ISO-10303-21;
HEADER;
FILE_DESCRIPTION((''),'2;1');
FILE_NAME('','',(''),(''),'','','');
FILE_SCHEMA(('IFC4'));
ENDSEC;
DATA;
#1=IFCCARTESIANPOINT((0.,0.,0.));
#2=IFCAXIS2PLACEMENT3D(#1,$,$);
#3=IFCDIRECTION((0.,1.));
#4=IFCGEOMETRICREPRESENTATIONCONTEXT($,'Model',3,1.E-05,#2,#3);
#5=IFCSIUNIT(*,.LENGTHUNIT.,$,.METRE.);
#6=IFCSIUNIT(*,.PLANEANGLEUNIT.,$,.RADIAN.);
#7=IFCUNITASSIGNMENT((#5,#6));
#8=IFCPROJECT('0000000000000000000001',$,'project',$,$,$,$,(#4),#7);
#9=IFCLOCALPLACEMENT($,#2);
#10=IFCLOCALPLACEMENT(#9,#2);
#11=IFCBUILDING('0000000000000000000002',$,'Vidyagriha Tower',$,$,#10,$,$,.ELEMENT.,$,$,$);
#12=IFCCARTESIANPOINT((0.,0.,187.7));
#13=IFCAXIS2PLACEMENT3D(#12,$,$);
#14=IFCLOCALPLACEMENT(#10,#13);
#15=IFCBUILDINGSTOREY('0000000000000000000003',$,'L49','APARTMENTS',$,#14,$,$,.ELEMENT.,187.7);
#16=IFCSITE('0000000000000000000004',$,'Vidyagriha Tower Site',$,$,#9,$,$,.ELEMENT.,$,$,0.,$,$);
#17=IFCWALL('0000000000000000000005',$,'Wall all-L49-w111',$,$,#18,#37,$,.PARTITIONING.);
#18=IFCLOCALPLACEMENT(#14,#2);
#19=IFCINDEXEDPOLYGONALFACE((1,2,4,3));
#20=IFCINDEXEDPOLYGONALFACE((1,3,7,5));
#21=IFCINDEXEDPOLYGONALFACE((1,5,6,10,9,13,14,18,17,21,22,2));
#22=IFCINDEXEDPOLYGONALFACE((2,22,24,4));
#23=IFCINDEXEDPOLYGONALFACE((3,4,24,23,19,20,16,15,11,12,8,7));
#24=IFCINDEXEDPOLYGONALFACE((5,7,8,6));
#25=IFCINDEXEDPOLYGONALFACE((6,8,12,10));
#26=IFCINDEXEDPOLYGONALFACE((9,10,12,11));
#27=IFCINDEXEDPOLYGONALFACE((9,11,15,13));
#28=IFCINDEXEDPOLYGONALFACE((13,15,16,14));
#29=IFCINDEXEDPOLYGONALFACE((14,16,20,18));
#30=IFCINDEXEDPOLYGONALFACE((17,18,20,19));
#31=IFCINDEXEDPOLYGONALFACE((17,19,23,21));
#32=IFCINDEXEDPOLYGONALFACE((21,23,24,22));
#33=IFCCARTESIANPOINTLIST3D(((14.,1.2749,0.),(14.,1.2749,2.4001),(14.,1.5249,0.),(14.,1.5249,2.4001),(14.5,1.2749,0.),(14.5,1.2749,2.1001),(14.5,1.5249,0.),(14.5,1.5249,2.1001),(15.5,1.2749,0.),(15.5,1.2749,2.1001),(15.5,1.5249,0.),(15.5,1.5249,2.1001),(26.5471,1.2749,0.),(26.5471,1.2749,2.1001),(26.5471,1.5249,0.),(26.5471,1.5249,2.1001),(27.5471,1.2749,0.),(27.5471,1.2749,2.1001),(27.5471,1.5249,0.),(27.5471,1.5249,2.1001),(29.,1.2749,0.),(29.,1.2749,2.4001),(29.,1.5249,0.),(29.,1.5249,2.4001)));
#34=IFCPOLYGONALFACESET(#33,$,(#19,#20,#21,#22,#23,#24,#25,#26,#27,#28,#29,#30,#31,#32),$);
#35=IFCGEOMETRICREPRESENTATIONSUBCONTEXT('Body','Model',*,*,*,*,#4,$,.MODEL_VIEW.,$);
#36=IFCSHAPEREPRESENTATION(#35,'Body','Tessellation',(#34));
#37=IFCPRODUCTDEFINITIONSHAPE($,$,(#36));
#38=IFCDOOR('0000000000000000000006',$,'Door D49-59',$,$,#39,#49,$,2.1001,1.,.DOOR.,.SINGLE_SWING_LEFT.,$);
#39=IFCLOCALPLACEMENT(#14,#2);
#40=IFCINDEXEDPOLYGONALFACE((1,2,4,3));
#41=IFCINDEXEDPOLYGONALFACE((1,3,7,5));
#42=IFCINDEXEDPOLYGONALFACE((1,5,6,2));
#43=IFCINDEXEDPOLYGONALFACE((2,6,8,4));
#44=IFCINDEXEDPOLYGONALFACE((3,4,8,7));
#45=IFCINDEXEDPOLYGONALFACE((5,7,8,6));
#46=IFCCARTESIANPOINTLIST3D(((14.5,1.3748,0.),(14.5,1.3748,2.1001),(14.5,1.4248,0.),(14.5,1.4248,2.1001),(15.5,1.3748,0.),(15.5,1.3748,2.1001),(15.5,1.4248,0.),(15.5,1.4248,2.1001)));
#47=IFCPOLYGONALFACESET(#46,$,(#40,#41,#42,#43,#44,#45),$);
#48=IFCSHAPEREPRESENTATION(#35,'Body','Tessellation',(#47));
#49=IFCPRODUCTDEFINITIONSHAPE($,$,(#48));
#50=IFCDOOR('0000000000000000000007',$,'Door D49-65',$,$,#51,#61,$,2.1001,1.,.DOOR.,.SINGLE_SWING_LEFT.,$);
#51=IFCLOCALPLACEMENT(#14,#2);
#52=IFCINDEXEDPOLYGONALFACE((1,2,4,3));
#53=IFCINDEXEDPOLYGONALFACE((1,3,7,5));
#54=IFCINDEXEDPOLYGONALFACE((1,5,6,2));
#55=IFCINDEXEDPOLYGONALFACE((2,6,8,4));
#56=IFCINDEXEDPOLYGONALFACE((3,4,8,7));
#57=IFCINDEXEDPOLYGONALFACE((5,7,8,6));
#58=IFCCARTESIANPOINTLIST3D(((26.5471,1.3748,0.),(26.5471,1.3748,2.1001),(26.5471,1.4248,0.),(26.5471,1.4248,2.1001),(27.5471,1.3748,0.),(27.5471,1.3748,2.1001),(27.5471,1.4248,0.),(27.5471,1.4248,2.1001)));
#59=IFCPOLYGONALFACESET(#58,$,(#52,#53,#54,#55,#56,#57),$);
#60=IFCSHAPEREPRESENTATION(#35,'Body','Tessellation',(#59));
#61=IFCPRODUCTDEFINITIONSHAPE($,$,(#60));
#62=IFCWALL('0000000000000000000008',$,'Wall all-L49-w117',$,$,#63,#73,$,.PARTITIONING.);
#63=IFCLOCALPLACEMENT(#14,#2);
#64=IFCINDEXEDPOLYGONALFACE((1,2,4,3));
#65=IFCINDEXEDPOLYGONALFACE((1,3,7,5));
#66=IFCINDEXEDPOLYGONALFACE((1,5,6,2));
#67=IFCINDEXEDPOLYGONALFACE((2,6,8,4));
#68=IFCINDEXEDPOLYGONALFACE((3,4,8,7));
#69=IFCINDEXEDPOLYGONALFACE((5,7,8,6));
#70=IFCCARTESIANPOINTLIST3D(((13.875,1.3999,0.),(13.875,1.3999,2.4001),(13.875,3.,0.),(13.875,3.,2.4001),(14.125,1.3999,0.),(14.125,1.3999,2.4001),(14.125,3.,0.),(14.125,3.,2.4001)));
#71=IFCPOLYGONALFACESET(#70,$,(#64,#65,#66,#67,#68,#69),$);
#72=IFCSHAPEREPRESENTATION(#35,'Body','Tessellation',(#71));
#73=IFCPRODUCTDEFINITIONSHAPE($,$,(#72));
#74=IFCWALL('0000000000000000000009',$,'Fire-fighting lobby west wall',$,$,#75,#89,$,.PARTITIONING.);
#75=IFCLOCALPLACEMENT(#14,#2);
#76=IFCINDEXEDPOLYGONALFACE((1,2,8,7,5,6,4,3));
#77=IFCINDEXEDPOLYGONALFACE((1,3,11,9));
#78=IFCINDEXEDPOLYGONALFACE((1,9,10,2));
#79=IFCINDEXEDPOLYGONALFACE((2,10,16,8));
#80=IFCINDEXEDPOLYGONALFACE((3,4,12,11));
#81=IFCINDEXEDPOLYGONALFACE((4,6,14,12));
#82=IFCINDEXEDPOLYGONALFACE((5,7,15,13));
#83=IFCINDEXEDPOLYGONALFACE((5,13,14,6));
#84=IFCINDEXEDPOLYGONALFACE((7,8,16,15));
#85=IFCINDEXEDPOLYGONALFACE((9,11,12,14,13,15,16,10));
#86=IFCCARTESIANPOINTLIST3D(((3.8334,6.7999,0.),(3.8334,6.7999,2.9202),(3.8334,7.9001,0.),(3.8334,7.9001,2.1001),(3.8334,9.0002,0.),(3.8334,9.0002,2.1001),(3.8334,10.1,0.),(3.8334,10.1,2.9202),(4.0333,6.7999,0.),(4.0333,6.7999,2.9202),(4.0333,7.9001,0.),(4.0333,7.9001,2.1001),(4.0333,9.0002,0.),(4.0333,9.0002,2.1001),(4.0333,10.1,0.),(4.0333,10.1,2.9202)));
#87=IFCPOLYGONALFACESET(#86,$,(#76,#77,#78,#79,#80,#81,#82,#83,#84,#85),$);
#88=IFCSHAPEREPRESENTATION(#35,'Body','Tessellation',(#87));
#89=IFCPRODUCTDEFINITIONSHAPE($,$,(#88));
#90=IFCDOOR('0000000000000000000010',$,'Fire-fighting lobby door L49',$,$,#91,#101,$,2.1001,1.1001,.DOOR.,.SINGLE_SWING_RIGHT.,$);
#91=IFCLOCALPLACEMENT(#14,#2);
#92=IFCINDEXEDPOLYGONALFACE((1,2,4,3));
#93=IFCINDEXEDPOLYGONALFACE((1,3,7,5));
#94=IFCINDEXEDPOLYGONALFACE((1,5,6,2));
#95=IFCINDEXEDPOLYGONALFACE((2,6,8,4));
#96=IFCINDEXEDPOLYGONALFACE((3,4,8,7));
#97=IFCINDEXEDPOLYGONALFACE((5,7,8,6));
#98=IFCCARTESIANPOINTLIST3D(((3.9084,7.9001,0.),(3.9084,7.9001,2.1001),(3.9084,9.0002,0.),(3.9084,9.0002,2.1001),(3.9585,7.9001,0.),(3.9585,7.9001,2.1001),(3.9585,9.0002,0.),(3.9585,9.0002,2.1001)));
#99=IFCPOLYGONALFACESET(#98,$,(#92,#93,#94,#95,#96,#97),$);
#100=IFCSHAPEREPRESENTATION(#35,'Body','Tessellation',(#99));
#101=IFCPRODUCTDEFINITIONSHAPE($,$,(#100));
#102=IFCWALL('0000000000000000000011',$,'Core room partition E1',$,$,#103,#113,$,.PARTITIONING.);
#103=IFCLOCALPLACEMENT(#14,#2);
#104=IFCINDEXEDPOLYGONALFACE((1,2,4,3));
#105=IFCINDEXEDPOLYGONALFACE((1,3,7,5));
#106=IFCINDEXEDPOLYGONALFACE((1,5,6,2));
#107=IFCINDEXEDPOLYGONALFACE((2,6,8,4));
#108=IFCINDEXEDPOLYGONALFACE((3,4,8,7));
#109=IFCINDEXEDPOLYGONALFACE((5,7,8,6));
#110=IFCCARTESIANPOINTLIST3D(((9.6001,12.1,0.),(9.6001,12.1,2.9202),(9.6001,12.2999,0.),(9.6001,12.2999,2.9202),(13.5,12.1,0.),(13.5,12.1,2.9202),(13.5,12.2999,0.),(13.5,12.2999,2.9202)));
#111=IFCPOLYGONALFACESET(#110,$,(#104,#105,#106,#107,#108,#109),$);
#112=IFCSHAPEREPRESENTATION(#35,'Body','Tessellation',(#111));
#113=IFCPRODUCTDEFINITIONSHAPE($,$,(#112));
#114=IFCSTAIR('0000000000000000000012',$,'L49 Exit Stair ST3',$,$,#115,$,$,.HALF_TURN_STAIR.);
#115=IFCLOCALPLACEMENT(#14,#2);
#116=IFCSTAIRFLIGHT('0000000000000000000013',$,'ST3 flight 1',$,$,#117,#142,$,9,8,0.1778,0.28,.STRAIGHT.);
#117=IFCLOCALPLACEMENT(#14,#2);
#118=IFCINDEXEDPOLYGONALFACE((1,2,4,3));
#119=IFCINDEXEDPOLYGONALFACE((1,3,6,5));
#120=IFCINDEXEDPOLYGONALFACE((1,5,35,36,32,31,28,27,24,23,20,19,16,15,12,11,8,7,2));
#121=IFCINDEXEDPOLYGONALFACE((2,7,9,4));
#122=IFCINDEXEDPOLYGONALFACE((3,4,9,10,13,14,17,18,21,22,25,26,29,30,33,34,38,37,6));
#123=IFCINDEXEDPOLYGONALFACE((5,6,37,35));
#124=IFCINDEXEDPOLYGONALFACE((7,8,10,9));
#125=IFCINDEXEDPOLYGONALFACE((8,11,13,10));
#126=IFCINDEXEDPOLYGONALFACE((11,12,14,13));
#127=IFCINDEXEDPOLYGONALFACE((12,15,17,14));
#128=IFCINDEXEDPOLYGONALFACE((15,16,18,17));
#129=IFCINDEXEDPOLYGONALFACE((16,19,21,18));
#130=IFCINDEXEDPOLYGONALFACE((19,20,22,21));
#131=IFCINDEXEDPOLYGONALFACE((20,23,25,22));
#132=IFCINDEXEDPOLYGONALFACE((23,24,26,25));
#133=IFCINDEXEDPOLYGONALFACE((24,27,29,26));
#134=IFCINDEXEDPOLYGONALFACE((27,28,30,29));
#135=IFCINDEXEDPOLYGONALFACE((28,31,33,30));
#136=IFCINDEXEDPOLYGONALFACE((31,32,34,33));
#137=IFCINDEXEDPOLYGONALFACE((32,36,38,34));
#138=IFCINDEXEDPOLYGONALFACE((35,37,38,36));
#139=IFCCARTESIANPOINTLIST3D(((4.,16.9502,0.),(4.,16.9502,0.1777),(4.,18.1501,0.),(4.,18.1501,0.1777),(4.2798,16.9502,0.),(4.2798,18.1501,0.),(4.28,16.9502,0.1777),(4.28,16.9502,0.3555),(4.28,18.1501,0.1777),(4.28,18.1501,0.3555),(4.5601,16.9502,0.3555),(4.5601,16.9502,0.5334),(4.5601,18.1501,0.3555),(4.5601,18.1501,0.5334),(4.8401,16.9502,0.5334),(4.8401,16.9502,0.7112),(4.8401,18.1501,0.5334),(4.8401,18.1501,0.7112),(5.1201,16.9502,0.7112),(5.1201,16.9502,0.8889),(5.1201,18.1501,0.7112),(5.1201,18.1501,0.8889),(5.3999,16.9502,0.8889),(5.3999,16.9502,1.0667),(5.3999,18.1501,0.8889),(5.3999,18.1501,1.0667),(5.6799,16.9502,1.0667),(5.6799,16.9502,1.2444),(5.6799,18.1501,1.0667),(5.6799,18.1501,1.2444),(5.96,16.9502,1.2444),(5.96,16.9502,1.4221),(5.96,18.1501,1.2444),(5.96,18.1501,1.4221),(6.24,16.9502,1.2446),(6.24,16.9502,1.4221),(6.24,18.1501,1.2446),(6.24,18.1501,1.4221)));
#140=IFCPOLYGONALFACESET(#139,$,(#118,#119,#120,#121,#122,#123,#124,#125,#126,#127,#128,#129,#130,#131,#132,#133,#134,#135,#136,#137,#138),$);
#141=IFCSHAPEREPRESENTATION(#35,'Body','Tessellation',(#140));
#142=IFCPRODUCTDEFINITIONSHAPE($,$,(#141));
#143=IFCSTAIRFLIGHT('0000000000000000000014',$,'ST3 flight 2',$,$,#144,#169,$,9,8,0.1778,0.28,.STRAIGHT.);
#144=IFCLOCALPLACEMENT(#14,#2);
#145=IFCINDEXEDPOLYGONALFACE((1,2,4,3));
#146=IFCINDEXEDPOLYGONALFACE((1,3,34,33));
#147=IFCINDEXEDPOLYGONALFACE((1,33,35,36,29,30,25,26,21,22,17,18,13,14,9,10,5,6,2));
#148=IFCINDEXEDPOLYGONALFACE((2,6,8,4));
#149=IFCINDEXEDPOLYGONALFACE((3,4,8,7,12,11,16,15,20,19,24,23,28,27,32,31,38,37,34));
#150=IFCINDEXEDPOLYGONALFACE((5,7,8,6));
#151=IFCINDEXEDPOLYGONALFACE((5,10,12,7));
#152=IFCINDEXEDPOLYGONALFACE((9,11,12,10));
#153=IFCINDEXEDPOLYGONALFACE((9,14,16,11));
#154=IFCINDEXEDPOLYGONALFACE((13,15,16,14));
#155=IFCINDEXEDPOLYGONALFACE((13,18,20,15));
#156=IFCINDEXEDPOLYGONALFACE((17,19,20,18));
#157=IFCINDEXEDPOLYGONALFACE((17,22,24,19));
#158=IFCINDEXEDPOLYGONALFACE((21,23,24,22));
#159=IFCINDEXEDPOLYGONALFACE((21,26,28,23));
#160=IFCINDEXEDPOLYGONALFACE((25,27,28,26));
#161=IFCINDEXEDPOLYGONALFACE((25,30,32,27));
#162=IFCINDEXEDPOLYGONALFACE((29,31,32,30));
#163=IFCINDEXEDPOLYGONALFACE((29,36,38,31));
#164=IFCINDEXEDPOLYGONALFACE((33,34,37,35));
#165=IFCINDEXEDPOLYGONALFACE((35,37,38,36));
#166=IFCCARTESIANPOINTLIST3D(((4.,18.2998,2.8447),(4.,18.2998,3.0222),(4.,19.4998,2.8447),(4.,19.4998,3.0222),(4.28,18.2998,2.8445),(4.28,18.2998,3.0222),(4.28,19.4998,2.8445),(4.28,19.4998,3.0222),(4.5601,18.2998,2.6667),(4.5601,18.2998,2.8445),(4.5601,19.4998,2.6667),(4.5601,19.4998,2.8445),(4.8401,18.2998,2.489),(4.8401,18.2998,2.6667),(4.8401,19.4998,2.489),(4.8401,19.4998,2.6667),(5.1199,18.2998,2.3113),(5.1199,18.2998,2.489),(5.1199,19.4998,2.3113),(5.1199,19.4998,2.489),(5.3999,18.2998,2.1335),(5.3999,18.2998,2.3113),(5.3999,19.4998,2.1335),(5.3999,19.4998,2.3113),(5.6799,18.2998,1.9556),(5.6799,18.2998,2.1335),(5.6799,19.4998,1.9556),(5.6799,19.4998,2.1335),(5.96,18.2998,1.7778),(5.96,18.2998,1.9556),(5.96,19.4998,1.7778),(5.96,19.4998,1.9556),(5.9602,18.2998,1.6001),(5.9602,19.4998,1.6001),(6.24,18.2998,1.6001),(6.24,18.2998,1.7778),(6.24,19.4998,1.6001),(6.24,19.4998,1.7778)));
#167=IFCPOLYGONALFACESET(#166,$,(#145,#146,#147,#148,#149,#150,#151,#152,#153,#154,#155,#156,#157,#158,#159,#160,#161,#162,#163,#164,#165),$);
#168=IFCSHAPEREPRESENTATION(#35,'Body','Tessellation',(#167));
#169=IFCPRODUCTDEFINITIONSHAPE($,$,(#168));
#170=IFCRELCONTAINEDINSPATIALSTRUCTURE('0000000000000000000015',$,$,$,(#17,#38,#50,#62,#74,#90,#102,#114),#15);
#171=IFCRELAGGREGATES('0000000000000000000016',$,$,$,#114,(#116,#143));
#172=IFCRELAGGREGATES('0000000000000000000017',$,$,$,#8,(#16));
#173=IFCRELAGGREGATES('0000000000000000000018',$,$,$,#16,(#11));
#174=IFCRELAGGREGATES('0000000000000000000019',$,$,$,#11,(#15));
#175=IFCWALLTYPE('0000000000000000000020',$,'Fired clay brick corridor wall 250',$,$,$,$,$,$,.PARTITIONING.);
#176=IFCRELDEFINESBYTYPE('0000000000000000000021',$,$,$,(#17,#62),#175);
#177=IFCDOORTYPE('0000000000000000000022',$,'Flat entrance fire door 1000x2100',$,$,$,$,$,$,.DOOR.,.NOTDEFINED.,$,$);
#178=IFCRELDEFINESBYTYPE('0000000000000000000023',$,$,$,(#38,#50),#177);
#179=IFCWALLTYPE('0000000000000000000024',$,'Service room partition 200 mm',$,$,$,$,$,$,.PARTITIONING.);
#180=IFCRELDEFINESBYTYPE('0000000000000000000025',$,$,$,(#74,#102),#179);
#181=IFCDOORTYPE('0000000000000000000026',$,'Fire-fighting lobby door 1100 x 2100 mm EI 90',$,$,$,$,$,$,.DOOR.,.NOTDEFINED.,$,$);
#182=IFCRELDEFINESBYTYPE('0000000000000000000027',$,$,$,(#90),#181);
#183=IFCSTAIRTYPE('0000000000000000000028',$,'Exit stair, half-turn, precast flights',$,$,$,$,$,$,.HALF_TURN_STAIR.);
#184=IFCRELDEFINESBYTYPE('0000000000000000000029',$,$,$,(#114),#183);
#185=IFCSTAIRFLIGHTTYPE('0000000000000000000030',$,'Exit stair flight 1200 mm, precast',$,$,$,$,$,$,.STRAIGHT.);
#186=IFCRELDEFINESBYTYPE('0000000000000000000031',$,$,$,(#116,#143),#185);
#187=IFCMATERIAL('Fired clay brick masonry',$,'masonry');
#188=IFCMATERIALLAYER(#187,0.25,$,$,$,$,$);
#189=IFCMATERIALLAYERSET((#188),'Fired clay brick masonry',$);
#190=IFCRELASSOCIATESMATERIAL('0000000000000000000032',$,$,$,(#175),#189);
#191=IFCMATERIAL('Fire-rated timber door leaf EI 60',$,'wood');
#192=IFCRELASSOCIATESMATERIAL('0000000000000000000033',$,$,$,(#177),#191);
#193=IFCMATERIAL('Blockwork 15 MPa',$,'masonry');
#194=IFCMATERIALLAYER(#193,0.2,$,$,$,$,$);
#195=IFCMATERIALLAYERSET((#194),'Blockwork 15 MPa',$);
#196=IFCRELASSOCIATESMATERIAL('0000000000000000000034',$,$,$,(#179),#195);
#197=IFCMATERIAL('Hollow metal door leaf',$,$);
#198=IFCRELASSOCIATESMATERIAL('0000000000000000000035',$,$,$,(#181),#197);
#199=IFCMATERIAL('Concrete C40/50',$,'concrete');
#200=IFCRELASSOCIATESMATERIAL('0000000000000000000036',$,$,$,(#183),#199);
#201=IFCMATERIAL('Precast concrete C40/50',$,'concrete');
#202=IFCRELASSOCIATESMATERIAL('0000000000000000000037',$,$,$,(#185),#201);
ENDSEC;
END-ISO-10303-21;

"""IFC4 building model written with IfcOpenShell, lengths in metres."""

from ifc_helpers import new_model, si_unit, direction, frame, frame_2d, origin, place, context, subcontext, project, spatial, polyline, rectangle, outline, extrude, material, layer, layer_set, type_object, element, fill, aggregate, save


model = new_model("IFC4")

# Units and contexts
model_context = context("Model", 3, precision=1e-05, world=origin(), true_north=direction((0.0, 1.0)))
body_context = subcontext(model_context, "Body", "Model", "MODEL_VIEW")
ifc_project = project(units=[si_unit("LENGTHUNIT", "METRE"), si_unit("PLANEANGLEUNIT", "RADIAN")], contexts=[model_context])

# Site, building, storey
site_placement = place(None, origin())
site = spatial("IfcSite", under=ifc_project, at=site_placement, Name="Vidyagriha Tower Site", CompositionType="ELEMENT", RefElevation=0.0)
building_placement = place(site_placement, origin())
building = spatial("IfcBuilding", under=site, at=building_placement, Name="Vidyagriha Tower", CompositionType="ELEMENT")
storey_placement = place(building_placement, frame((0.0, 0.0, 187.7)))
storey = spatial("IfcBuildingStorey", under=building, at=storey_placement, Name="L49", Description="APARTMENTS", CompositionType="ELEMENT", Elevation=187.7)

# Wall, openings, doors
ifc_material_1 = material(Name="Fired clay brick masonry", Category="masonry")
ifc_layer_1 = layer(ifc_material_1, 0.25)
ifc_layer_set_1 = layer_set([ifc_layer_1], Name="Fired clay brick masonry")
wall_type_1 = type_object("IfcWallType", Name="Fired clay brick corridor wall 250", PredefinedType="PARTITIONING", material=ifc_layer_set_1)
wall_1_placement = place(storey_placement, frame((14.0, 1.3999, 0.0)))
wall_1 = element("IfcWall", 1, at=wall_1_placement, inside=storey, type_object=wall_type_1, Name="Wall all-L49-w111", PredefinedType="PARTITIONING", context=body_context, shape_type="SweptSolid", body=[
    extrude(rectangle(XDim=15.0, YDim=0.25, at=frame_2d((7.5, 0.0))), origin(), (0.0, 0.0, 1.0), 2.4001),
])
opening_1_placement = place(wall_1_placement, frame((0.5, 0.0, 0.0)))
opening_1 = element("IfcOpeningElement", 2, at=opening_1_placement, cuts=wall_1, PredefinedType="OPENING", context=body_context, shape_type="SweptSolid", body=[
    extrude(rectangle(XDim=1.0, YDim=2.1001, at=frame_2d((0.5, 1.05))), frame((0.0, 0.135, 0.0), z_axis=(0.0, -1.0, 0.0), x_axis=(1.0, 0.0, 0.0)), (0.0, 0.0, 1.0), 0.27),
])
opening_2_placement = place(wall_1_placement, frame((12.5471, 0.0, 0.0)))
opening_2 = element("IfcOpeningElement", 3, at=opening_2_placement, cuts=wall_1, PredefinedType="OPENING", context=body_context, shape_type="SweptSolid", body=[
    extrude(rectangle(XDim=1.0, YDim=2.1001, at=frame_2d((0.5, 1.05))), frame((0.0, 0.135, 0.0), z_axis=(0.0, -1.0, 0.0), x_axis=(1.0, 0.0, 0.0)), (0.0, 0.0, 1.0), 0.27),
])
ifc_material_2 = material(Name="Fire-rated timber door leaf EI 60", Category="wood")
door_type_1 = type_object("IfcDoorType", Name="Flat entrance fire door 1000x2100", OperationType="NOTDEFINED", PredefinedType="DOOR", material=ifc_material_2)
door_1_placement = place(opening_1_placement, origin())
door_1 = element("IfcDoor", 4, at=door_1_placement, inside=storey, type_object=door_type_1, Name="Door D49-59", OperationType="SINGLE_SWING_LEFT", OverallHeight=2.1001, OverallWidth=1.0, PredefinedType="DOOR", context=body_context, shape_type="SweptSolid", body=[
    extrude(rectangle(XDim=1.0, YDim=2.1001, at=frame_2d((0.5, 1.05))), frame((0.0, 0.0249, 0.0), z_axis=(0.0, -1.0, 0.0), x_axis=(1.0, 0.0, 0.0)), (0.0, 0.0, 1.0), 0.05),
])
fill(opening_1, door_1)
door_2_placement = place(opening_2_placement, origin())
door_2 = element("IfcDoor", 5, at=door_2_placement, inside=storey, type_object=door_type_1, Name="Door D49-65", OperationType="SINGLE_SWING_LEFT", OverallHeight=2.1001, OverallWidth=1.0, PredefinedType="DOOR", context=body_context, shape_type="SweptSolid", body=[
    extrude(rectangle(XDim=1.0, YDim=2.1001, at=frame_2d((0.5, 1.05))), frame((0.0, 0.0249, 0.0), z_axis=(0.0, -1.0, 0.0), x_axis=(1.0, 0.0, 0.0)), (0.0, 0.0, 1.0), 0.05),
])
fill(opening_2, door_2)

# Wall
wall_2_placement = place(storey_placement, frame((14.0, 1.3999, 0.0), z_axis=(0.0, 0.0, 1.0), x_axis=(0.0, 1.0, 0.0)))
element("IfcWall", 6, at=wall_2_placement, inside=storey, type_object=wall_type_1, Name="Wall all-L49-w117", PredefinedType="PARTITIONING", context=body_context, shape_type="SweptSolid", body=[
    extrude(rectangle(XDim=1.6001, YDim=0.25, at=frame_2d((0.8, 0.0))), origin(), (0.0, 0.0, 1.0), 2.4001),
])

# Wall, opening, door
ifc_material_3 = material(Name="Blockwork 15 MPa", Category="masonry")
ifc_layer_2 = layer(ifc_material_3, 0.2)
ifc_layer_set_2 = layer_set([ifc_layer_2], Name="Blockwork 15 MPa")
wall_type_2 = type_object("IfcWallType", Name="Service room partition 200 mm", PredefinedType="PARTITIONING", material=ifc_layer_set_2)
wall_3_placement = place(storey_placement, frame((3.9333, 6.8, 0.0), z_axis=(0.0, 0.0, 1.0), x_axis=(0.0, 1.0, 0.0)))
wall_3 = element("IfcWall", 7, at=wall_3_placement, inside=storey, type_object=wall_type_2, Name="Fire-fighting lobby west wall", PredefinedType="PARTITIONING", context=body_context, shape_type="SweptSolid", body=[
    extrude(rectangle(XDim=3.3, YDim=0.2, at=frame_2d((1.6499, 0.0))), origin(), (0.0, 0.0, 1.0), 2.9202),
])
opening_3_placement = place(wall_3_placement, frame((1.1001, 0.0, 0.0)))
opening_3 = element("IfcOpeningElement", 8, at=opening_3_placement, cuts=wall_3, PredefinedType="OPENING", context=body_context, shape_type="SweptSolid", body=[
    extrude(rectangle(XDim=1.1001, YDim=2.1001, at=frame_2d((0.55, 1.05))), frame((0.0, 0.1099, 0.0), z_axis=(0.0, -1.0, 0.0), x_axis=(1.0, 0.0, 0.0)), (0.0, 0.0, 1.0), 0.22),
])
ifc_material_4 = material(Name="Hollow metal door leaf")
door_type_2 = type_object("IfcDoorType", Name="Fire-fighting lobby door 1100 x 2100 mm EI 90", OperationType="NOTDEFINED", PredefinedType="DOOR", material=ifc_material_4)
door_3_placement = place(opening_3_placement, origin())
door_3 = element("IfcDoor", 9, at=door_3_placement, inside=storey, type_object=door_type_2, Name="Fire-fighting lobby door L49", OperationType="SINGLE_SWING_RIGHT", OverallHeight=2.1001, OverallWidth=1.1001, PredefinedType="DOOR", context=body_context, shape_type="SweptSolid", body=[
    extrude(rectangle(XDim=1.1001, YDim=2.1001, at=frame_2d((0.55, 1.05))), frame((0.0, 0.0249, 0.0), z_axis=(0.0, -1.0, 0.0), x_axis=(1.0, 0.0, 0.0)), (0.0, 0.0, 1.0), 0.05),
])
fill(opening_3, door_3)

# Wall
wall_4_placement = place(storey_placement, frame((9.6001, 12.2, 0.0)))
element("IfcWall", 10, at=wall_4_placement, inside=storey, type_object=wall_type_2, Name="Core room partition E1", PredefinedType="PARTITIONING", context=body_context, shape_type="SweptSolid", body=[
    extrude(rectangle(XDim=3.8999, YDim=0.2, at=frame_2d((1.95, 0.0))), origin(), (0.0, 0.0, 1.0), 2.9202),
])

# Stair, stair flights
ifc_material_5 = material(Name="Concrete C40/50", Category="concrete")
stair_type = type_object("IfcStairType", Name="Exit stair, half-turn, precast flights", PredefinedType="HALF_TURN_STAIR", material=ifc_material_5)
stair_placement = place(storey_placement, origin())
stair = element("IfcStair", 11, at=stair_placement, inside=storey, type_object=stair_type, Name="L49 Exit Stair ST3", PredefinedType="HALF_TURN_STAIR")
ifc_material_6 = material(Name="Precast concrete C40/50", Category="concrete")
stair_flight_type = type_object("IfcStairFlightType", Name="Exit stair flight 1200 mm, precast", PredefinedType="STRAIGHT", material=ifc_material_6)
stair_flight_1_placement = place(storey_placement, frame((4.0, 17.55, 0.0)))
stair_flight_1 = element("IfcStairFlight", 12, at=stair_flight_1_placement, type_object=stair_flight_type, Name="ST3 flight 1", NumberOfRisers=9, NumberOfTreads=8, PredefinedType="STRAIGHT", RiserHeight=0.1778, TreadLength=0.28, context=body_context, shape_type="SweptSolid", body=[
    extrude(outline(polyline([(0.0, 0.0), (0.0, 0.1777), (0.28, 0.1777), (0.28, 0.3555), (0.5601, 0.3555), (0.5601, 0.5334), (0.8401, 0.5334), (0.8401, 0.7112), (1.1201, 0.7112), (1.1201, 0.8889), (1.3999, 0.8889), (1.3999, 1.0667), (1.6799, 1.0667), (1.6799, 1.2444), (1.96, 1.2444), (1.96, 1.4221), (2.24, 1.4221), (2.24, 1.6001), (2.24, 1.2446), (0.2798, 0.0), (0.0, 0.0)])), frame((0.0, 0.6001, 0.0), z_axis=(0.0, -1.0, 0.0), x_axis=(1.0, 0.0, 0.0)), (0.0, 0.0, 1.0), 1.2),
])
stair_flight_2_placement = place(storey_placement, frame((6.24, 18.8999, 1.6001), z_axis=(0.0, 0.0, 1.0), x_axis=(-1.0, 0.0, 0.0)))
stair_flight_2 = element("IfcStairFlight", 13, at=stair_flight_2_placement, type_object=stair_flight_type, Name="ST3 flight 2", NumberOfRisers=9, NumberOfTreads=8, PredefinedType="STRAIGHT", RiserHeight=0.1778, TreadLength=0.28, context=body_context, shape_type="SweptSolid", body=[
    extrude(outline(polyline([(0.0, 0.0), (0.0, 0.1777), (0.28, 0.1777), (0.28, 0.3555), (0.5601, 0.3555), (0.5601, 0.5334), (0.8401, 0.5334), (0.8401, 0.7112), (1.1201, 0.7112), (1.1201, 0.8889), (1.3999, 0.8889), (1.3999, 1.0667), (1.6799, 1.0667), (1.6799, 1.2444), (1.96, 1.2444), (1.96, 1.4221), (2.24, 1.4221), (2.24, 1.6001), (2.24, 1.2446), (0.2798, 0.0), (0.0, 0.0)])), frame((0.0, 0.6001, 0.0), z_axis=(0.0, -1.0, 0.0), x_axis=(1.0, 0.0, 0.0)), (0.0, 0.0, 1.0), 1.2),
])
aggregate(stair, [stair_flight_1, stair_flight_2])

save(model, "model.ifc")
